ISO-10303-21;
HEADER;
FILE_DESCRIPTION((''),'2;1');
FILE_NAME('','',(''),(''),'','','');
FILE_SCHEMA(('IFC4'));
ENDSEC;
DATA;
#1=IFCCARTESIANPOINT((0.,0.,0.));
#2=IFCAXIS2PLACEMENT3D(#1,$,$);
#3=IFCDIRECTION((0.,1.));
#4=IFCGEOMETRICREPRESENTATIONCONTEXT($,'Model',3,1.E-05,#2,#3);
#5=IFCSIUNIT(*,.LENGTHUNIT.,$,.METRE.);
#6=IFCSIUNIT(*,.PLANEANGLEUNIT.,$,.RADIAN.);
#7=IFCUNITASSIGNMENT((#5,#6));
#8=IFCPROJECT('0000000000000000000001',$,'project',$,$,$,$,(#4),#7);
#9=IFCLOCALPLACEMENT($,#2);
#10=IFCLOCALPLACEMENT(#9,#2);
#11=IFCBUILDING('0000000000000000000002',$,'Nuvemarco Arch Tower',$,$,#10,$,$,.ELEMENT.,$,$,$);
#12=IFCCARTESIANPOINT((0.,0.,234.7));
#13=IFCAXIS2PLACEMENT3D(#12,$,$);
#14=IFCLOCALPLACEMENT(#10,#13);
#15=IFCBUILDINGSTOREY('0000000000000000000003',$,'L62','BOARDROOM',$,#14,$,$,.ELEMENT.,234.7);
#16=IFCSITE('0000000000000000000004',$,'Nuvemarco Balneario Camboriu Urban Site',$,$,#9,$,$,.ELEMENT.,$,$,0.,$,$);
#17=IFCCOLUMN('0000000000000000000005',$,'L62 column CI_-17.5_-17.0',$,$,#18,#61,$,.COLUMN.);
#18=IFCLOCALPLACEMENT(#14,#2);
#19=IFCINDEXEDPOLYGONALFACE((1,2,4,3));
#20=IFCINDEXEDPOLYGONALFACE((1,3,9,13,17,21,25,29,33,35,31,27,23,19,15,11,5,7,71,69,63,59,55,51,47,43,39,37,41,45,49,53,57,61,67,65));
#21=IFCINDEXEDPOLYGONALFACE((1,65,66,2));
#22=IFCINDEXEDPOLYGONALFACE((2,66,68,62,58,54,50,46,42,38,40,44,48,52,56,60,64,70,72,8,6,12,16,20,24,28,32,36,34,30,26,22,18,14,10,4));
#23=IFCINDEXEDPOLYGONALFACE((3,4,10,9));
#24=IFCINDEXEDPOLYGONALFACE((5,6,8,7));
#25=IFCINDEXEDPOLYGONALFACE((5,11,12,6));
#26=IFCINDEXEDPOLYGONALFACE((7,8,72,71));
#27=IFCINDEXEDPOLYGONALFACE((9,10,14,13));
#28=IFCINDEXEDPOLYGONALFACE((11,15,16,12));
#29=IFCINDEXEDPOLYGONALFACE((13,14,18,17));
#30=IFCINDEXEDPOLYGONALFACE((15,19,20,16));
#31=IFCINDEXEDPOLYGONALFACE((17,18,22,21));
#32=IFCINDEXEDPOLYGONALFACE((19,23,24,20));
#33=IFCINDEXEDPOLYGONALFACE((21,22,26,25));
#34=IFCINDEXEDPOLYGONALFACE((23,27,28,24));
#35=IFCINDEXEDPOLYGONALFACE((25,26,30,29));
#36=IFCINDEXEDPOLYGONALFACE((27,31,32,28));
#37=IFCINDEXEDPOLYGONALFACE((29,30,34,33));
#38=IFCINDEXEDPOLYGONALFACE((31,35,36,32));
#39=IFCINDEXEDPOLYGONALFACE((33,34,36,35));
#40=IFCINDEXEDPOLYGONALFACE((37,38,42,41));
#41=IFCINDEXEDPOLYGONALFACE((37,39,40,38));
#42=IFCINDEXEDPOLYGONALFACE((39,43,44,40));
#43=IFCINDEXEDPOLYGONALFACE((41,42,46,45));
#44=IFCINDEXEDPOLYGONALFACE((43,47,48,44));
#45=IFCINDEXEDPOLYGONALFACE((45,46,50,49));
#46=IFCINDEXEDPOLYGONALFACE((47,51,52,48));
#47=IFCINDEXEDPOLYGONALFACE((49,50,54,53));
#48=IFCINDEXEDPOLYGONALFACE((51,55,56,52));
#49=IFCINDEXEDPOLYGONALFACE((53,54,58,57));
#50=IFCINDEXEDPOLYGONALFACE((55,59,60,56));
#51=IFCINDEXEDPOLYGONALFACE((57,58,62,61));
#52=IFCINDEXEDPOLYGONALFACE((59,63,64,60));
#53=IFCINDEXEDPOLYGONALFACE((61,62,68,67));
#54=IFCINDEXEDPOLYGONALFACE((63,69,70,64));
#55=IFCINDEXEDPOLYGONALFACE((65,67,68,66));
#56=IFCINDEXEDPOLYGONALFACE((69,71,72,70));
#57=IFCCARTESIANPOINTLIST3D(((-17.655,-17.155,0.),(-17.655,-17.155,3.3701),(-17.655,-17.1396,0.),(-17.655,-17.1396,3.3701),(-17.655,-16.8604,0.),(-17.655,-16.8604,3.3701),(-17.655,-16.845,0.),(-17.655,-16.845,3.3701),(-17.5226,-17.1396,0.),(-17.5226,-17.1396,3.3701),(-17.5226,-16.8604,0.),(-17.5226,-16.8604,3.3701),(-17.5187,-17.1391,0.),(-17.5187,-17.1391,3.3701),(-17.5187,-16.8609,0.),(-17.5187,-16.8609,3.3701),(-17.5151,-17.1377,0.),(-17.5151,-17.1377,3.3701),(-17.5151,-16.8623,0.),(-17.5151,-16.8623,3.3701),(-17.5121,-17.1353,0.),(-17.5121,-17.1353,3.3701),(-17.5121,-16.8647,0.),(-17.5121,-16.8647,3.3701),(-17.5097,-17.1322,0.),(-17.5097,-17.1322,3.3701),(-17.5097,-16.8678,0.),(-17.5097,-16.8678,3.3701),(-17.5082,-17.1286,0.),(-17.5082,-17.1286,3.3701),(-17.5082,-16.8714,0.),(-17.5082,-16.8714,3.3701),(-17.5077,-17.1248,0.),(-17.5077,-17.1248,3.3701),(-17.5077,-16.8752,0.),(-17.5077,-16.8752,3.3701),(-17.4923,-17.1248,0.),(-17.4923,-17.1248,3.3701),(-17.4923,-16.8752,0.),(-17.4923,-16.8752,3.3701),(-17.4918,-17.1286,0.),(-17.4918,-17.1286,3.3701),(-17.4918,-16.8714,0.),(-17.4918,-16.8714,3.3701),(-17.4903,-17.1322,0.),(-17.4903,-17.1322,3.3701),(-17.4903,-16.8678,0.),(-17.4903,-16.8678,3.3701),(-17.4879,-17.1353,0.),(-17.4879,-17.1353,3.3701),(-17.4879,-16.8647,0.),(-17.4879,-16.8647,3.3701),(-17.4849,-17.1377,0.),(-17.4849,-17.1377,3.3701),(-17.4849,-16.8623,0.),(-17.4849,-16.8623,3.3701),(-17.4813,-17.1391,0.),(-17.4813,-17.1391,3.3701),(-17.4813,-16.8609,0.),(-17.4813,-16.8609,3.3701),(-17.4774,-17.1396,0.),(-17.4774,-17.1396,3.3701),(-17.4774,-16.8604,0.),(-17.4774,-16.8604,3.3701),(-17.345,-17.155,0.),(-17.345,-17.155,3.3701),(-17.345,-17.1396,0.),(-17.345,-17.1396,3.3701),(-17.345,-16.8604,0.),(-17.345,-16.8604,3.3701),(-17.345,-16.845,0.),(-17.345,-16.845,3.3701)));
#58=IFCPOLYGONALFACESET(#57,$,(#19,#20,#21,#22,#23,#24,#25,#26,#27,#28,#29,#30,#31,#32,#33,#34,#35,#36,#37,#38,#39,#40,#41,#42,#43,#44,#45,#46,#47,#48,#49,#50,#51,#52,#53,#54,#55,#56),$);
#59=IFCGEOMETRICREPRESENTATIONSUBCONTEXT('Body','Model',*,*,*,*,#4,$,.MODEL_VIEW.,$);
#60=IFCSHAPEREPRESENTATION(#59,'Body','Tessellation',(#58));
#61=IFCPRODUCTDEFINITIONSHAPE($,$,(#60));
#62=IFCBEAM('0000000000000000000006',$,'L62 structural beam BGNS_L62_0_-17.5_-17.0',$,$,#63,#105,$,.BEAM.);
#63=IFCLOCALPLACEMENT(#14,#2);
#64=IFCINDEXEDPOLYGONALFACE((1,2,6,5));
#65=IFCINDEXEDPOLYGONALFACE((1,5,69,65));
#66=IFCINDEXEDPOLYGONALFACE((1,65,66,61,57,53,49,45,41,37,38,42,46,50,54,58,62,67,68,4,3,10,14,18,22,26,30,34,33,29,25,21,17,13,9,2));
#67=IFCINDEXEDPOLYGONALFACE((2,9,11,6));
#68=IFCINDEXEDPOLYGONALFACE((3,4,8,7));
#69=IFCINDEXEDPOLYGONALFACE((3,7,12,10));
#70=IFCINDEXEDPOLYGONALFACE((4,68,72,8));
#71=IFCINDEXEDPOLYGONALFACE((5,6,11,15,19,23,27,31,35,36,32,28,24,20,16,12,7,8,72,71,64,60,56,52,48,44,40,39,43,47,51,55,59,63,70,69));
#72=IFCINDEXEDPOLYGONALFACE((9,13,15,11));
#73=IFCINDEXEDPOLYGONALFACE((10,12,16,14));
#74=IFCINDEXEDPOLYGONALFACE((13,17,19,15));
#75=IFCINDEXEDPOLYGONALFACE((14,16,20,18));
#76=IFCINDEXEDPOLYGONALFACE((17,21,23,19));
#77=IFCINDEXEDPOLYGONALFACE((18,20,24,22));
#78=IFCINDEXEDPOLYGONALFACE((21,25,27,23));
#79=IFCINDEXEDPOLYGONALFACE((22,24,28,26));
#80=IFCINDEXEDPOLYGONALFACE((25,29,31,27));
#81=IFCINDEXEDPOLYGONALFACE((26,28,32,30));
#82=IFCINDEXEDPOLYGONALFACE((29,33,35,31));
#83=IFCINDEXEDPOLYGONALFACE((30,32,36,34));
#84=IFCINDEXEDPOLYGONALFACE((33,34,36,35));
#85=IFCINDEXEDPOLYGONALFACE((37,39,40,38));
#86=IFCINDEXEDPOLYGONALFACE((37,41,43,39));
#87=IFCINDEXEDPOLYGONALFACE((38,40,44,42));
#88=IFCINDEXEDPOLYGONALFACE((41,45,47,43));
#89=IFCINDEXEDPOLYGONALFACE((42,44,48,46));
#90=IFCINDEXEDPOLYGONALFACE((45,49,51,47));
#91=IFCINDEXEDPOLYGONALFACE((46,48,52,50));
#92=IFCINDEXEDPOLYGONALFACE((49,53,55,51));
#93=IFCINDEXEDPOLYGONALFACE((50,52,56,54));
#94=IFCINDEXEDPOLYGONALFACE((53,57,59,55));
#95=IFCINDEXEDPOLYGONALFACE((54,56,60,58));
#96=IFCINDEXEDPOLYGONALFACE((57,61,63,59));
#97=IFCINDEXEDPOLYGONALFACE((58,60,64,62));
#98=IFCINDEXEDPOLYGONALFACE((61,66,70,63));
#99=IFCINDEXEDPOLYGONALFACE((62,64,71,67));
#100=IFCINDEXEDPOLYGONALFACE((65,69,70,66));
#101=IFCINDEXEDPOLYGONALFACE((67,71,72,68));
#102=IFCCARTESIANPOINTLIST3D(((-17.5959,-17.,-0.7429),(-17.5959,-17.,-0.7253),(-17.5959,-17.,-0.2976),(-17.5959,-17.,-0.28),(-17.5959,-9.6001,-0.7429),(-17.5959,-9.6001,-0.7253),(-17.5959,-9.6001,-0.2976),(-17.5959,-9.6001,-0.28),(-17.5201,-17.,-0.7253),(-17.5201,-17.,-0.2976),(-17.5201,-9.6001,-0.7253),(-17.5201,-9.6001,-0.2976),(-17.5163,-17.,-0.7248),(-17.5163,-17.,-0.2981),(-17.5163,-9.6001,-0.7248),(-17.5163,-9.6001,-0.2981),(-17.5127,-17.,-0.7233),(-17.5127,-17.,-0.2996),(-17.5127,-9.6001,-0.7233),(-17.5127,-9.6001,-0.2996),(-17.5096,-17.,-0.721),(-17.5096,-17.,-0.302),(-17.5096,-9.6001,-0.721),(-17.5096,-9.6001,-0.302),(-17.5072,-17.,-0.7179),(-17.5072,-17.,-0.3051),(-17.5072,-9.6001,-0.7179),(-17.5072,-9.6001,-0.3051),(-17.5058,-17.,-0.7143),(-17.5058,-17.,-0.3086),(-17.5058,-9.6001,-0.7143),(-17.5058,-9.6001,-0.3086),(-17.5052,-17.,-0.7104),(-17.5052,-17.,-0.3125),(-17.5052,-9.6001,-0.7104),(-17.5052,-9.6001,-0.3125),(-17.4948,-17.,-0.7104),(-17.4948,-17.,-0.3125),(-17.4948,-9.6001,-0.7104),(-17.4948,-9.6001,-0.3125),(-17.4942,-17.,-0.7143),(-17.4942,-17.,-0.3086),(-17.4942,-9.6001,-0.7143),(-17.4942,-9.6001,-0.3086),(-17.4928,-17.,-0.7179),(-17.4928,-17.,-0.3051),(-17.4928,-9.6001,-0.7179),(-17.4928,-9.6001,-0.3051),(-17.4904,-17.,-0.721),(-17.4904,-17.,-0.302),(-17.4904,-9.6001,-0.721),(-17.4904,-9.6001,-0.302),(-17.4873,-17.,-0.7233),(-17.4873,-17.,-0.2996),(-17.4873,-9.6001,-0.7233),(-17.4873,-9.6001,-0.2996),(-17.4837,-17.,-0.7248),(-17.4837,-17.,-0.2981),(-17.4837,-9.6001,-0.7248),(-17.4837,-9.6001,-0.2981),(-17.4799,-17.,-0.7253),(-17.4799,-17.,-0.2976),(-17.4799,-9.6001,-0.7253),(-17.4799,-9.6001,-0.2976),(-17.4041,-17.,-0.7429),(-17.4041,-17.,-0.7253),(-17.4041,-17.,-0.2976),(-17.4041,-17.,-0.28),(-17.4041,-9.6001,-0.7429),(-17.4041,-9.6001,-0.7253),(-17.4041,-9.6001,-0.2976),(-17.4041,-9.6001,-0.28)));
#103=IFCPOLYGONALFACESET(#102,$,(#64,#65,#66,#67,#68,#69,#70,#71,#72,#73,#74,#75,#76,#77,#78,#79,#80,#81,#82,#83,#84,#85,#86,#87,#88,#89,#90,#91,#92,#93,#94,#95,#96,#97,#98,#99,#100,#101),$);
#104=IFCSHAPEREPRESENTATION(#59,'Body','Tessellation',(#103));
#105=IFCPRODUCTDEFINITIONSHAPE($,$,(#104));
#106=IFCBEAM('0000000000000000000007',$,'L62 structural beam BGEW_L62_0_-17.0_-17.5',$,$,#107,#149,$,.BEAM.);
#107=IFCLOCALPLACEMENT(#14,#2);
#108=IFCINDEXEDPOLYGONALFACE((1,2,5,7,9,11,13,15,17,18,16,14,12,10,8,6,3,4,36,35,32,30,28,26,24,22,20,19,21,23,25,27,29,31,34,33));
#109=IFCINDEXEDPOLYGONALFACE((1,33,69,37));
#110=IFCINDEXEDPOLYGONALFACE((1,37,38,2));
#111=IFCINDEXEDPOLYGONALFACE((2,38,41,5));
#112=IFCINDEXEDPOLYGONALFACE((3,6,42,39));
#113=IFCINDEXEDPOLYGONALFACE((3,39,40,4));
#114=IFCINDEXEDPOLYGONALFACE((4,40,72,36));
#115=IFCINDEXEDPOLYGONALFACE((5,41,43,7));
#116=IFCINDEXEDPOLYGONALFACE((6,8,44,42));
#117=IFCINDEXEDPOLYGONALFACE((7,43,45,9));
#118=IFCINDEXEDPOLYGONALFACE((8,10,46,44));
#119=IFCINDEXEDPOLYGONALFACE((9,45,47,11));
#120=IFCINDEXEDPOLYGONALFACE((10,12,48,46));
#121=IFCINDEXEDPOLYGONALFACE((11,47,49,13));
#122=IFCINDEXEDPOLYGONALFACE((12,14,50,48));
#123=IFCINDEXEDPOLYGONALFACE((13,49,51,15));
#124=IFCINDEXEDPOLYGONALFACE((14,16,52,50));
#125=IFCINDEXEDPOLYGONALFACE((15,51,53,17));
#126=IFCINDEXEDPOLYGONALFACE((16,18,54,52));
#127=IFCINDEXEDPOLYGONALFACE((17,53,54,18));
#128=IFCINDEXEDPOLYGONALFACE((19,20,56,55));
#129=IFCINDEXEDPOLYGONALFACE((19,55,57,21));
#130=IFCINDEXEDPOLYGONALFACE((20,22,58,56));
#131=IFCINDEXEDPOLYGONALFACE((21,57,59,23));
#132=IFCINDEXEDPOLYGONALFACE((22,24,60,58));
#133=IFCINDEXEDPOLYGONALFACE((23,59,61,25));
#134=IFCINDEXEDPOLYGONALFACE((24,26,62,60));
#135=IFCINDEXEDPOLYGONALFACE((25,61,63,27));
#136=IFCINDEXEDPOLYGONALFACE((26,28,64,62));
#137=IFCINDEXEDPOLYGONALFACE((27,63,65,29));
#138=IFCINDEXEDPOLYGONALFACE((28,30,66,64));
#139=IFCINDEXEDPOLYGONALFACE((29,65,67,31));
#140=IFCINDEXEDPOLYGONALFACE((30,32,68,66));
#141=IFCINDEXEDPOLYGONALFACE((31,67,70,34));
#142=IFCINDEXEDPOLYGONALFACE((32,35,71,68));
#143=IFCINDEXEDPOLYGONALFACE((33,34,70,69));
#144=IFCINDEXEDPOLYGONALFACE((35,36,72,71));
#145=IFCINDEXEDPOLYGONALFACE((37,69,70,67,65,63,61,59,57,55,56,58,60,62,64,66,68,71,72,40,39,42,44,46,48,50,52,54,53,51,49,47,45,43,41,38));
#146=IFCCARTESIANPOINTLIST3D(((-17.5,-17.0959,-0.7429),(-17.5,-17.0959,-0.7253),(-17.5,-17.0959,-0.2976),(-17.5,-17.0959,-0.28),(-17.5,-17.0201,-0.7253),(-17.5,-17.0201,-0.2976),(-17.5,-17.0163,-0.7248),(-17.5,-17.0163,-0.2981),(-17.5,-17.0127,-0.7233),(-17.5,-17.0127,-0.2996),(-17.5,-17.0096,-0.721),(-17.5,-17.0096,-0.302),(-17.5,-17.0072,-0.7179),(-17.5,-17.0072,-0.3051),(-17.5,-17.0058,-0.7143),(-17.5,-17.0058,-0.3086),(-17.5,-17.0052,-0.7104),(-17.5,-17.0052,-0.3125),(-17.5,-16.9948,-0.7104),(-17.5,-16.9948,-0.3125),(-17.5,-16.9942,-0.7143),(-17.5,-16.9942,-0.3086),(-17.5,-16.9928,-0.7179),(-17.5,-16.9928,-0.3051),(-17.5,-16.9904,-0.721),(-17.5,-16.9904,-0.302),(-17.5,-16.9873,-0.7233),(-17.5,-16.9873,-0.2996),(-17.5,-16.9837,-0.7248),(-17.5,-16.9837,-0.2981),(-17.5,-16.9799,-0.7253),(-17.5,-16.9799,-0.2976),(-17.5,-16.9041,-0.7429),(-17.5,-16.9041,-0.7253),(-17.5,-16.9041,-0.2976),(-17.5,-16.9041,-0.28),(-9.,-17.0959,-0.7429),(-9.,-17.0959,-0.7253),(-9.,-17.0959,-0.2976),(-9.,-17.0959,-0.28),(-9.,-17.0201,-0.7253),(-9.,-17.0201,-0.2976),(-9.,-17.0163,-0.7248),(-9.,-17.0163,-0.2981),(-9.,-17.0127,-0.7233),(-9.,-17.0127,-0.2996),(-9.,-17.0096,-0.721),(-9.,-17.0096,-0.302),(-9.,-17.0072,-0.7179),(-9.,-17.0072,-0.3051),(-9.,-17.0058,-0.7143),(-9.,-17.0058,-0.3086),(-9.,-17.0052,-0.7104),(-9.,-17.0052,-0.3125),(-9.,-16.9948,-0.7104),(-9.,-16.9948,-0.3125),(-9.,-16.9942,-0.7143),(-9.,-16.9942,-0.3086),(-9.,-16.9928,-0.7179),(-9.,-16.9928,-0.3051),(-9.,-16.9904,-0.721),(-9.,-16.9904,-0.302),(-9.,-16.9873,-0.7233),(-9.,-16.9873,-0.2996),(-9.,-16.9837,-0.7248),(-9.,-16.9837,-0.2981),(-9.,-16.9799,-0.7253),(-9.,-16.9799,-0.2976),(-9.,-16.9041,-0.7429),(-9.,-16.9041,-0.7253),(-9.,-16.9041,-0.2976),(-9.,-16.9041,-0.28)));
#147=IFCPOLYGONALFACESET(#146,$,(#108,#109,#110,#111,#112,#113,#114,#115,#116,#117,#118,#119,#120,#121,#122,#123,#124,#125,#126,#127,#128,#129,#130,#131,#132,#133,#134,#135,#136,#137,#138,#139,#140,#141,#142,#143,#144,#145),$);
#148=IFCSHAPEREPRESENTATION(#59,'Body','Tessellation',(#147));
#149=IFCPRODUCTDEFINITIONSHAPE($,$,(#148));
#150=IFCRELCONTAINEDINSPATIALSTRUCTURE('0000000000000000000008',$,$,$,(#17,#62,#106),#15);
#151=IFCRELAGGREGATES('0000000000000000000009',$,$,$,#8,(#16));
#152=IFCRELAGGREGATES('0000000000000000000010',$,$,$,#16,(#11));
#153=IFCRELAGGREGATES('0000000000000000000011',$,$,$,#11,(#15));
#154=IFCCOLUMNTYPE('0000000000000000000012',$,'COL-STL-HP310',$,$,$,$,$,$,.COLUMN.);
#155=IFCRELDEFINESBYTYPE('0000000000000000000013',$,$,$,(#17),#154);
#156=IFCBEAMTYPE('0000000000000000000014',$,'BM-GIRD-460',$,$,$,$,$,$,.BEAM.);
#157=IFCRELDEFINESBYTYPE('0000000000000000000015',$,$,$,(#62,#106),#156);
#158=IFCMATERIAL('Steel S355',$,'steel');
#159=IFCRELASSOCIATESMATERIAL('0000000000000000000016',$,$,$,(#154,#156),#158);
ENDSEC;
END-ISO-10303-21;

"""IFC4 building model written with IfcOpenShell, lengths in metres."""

from ifc_helpers import new_model, si_unit, direction, frame, origin, origin_2d, place, context, subcontext, project, spatial, i_section, extrude, material, material_profile, profile_set, type_object, element, save


model = new_model("IFC4")

# Units and contexts
model_context = context("Model", 3, precision=1e-05, world=origin(), true_north=direction((0.0, 1.0)))
body_context = subcontext(model_context, "Body", "Model", "MODEL_VIEW")
ifc_project = project(units=[si_unit("LENGTHUNIT", "METRE"), si_unit("PLANEANGLEUNIT", "RADIAN")], contexts=[model_context])

# Site, building, storey
site_placement = place(None, origin())
site = spatial("IfcSite", under=ifc_project, at=site_placement, Name="Nuvemarco Balneario Camboriu Urban Site", CompositionType="ELEMENT", RefElevation=0.0)
building_placement = place(site_placement, origin())
building = spatial("IfcBuilding", under=site, at=building_placement, Name="Nuvemarco Arch Tower", CompositionType="ELEMENT")
storey_placement = place(building_placement, frame((0.0, 0.0, 234.7)))
storey = spatial("IfcBuildingStorey", under=building, at=storey_placement, Name="L62", Description="BOARDROOM", CompositionType="ELEMENT", Elevation=234.7)

# Column
ifc_material_1 = material(Name="Steel S355", Category="steel")
ifc_material_profile_1 = material_profile(ifc_material_1, i_section(OverallWidth=0.3101, OverallDepth=0.3101, WebThickness=0.0154, FlangeThickness=0.0154, FilletRadius=0.0149, at=origin_2d()), Name="HP310x110")
ifc_profile_set_1 = profile_set([ifc_material_profile_1], Name="Steel S355")
column_type = type_object("IfcColumnType", Name="COL-STL-HP310", PredefinedType="COLUMN", material=ifc_profile_set_1)
column_placement = place(storey_placement, frame((-17.5, -17.0, 0.0), z_axis=(0.0, 0.0, 1.0), x_axis=(1.0, 0.0, 0.0)))
element("IfcColumn", 1, at=column_placement, inside=storey, type_object=column_type, Name="L62 column CI_-17.5_-17.0", PredefinedType="COLUMN", context=body_context, shape_type="SweptSolid", body=[
    extrude(i_section(OverallWidth=0.3101, OverallDepth=0.3101, WebThickness=0.0154, FlangeThickness=0.0154, FilletRadius=0.0149, at=origin_2d()), origin(), (0.0, 0.0, 1.0), 3.3701),
])

# Beams
ifc_material_profile_2 = material_profile(ifc_material_1, i_section(OverallWidth=0.1919, OverallDepth=0.4629, WebThickness=0.0105, FlangeThickness=0.0176, FilletRadius=0.0149, at=origin_2d()), Name="W460x89")
ifc_profile_set_2 = profile_set([ifc_material_profile_2], Name="Steel S355")
beam_type = type_object("IfcBeamType", Name="BM-GIRD-460", PredefinedType="BEAM", material=ifc_profile_set_2)
beam_1_placement = place(storey_placement, frame((-17.5, -17.0, -0.5115), z_axis=(0.0, 1.0, 0.0), x_axis=(-1.0, 0.0, 0.0)))
element("IfcBeam", 2, at=beam_1_placement, inside=storey, type_object=beam_type, Name="L62 structural beam BGNS_L62_0_-17.5_-17.0", PredefinedType="BEAM", context=body_context, shape_type="SweptSolid", body=[
    extrude(i_section(OverallWidth=0.1919, OverallDepth=0.4629, WebThickness=0.0105, FlangeThickness=0.0176, FilletRadius=0.0149, at=origin_2d()), origin(), (0.0, 0.0, 1.0), 7.3999),
])
beam_2_placement = place(storey_placement, frame((-17.5, -17.0, -0.5115), z_axis=(1.0, 0.0, 0.0), x_axis=(0.0, 1.0, 0.0)))
element("IfcBeam", 3, at=beam_2_placement, inside=storey, type_object=beam_type, Name="L62 structural beam BGEW_L62_0_-17.0_-17.5", PredefinedType="BEAM", context=body_context, shape_type="SweptSolid", body=[
    extrude(i_section(OverallWidth=0.1919, OverallDepth=0.4629, WebThickness=0.0105, FlangeThickness=0.0176, FilletRadius=0.0149, at=origin_2d()), origin(), (0.0, 0.0, 1.0), 8.5),
])

save(model, "model.ifc")
